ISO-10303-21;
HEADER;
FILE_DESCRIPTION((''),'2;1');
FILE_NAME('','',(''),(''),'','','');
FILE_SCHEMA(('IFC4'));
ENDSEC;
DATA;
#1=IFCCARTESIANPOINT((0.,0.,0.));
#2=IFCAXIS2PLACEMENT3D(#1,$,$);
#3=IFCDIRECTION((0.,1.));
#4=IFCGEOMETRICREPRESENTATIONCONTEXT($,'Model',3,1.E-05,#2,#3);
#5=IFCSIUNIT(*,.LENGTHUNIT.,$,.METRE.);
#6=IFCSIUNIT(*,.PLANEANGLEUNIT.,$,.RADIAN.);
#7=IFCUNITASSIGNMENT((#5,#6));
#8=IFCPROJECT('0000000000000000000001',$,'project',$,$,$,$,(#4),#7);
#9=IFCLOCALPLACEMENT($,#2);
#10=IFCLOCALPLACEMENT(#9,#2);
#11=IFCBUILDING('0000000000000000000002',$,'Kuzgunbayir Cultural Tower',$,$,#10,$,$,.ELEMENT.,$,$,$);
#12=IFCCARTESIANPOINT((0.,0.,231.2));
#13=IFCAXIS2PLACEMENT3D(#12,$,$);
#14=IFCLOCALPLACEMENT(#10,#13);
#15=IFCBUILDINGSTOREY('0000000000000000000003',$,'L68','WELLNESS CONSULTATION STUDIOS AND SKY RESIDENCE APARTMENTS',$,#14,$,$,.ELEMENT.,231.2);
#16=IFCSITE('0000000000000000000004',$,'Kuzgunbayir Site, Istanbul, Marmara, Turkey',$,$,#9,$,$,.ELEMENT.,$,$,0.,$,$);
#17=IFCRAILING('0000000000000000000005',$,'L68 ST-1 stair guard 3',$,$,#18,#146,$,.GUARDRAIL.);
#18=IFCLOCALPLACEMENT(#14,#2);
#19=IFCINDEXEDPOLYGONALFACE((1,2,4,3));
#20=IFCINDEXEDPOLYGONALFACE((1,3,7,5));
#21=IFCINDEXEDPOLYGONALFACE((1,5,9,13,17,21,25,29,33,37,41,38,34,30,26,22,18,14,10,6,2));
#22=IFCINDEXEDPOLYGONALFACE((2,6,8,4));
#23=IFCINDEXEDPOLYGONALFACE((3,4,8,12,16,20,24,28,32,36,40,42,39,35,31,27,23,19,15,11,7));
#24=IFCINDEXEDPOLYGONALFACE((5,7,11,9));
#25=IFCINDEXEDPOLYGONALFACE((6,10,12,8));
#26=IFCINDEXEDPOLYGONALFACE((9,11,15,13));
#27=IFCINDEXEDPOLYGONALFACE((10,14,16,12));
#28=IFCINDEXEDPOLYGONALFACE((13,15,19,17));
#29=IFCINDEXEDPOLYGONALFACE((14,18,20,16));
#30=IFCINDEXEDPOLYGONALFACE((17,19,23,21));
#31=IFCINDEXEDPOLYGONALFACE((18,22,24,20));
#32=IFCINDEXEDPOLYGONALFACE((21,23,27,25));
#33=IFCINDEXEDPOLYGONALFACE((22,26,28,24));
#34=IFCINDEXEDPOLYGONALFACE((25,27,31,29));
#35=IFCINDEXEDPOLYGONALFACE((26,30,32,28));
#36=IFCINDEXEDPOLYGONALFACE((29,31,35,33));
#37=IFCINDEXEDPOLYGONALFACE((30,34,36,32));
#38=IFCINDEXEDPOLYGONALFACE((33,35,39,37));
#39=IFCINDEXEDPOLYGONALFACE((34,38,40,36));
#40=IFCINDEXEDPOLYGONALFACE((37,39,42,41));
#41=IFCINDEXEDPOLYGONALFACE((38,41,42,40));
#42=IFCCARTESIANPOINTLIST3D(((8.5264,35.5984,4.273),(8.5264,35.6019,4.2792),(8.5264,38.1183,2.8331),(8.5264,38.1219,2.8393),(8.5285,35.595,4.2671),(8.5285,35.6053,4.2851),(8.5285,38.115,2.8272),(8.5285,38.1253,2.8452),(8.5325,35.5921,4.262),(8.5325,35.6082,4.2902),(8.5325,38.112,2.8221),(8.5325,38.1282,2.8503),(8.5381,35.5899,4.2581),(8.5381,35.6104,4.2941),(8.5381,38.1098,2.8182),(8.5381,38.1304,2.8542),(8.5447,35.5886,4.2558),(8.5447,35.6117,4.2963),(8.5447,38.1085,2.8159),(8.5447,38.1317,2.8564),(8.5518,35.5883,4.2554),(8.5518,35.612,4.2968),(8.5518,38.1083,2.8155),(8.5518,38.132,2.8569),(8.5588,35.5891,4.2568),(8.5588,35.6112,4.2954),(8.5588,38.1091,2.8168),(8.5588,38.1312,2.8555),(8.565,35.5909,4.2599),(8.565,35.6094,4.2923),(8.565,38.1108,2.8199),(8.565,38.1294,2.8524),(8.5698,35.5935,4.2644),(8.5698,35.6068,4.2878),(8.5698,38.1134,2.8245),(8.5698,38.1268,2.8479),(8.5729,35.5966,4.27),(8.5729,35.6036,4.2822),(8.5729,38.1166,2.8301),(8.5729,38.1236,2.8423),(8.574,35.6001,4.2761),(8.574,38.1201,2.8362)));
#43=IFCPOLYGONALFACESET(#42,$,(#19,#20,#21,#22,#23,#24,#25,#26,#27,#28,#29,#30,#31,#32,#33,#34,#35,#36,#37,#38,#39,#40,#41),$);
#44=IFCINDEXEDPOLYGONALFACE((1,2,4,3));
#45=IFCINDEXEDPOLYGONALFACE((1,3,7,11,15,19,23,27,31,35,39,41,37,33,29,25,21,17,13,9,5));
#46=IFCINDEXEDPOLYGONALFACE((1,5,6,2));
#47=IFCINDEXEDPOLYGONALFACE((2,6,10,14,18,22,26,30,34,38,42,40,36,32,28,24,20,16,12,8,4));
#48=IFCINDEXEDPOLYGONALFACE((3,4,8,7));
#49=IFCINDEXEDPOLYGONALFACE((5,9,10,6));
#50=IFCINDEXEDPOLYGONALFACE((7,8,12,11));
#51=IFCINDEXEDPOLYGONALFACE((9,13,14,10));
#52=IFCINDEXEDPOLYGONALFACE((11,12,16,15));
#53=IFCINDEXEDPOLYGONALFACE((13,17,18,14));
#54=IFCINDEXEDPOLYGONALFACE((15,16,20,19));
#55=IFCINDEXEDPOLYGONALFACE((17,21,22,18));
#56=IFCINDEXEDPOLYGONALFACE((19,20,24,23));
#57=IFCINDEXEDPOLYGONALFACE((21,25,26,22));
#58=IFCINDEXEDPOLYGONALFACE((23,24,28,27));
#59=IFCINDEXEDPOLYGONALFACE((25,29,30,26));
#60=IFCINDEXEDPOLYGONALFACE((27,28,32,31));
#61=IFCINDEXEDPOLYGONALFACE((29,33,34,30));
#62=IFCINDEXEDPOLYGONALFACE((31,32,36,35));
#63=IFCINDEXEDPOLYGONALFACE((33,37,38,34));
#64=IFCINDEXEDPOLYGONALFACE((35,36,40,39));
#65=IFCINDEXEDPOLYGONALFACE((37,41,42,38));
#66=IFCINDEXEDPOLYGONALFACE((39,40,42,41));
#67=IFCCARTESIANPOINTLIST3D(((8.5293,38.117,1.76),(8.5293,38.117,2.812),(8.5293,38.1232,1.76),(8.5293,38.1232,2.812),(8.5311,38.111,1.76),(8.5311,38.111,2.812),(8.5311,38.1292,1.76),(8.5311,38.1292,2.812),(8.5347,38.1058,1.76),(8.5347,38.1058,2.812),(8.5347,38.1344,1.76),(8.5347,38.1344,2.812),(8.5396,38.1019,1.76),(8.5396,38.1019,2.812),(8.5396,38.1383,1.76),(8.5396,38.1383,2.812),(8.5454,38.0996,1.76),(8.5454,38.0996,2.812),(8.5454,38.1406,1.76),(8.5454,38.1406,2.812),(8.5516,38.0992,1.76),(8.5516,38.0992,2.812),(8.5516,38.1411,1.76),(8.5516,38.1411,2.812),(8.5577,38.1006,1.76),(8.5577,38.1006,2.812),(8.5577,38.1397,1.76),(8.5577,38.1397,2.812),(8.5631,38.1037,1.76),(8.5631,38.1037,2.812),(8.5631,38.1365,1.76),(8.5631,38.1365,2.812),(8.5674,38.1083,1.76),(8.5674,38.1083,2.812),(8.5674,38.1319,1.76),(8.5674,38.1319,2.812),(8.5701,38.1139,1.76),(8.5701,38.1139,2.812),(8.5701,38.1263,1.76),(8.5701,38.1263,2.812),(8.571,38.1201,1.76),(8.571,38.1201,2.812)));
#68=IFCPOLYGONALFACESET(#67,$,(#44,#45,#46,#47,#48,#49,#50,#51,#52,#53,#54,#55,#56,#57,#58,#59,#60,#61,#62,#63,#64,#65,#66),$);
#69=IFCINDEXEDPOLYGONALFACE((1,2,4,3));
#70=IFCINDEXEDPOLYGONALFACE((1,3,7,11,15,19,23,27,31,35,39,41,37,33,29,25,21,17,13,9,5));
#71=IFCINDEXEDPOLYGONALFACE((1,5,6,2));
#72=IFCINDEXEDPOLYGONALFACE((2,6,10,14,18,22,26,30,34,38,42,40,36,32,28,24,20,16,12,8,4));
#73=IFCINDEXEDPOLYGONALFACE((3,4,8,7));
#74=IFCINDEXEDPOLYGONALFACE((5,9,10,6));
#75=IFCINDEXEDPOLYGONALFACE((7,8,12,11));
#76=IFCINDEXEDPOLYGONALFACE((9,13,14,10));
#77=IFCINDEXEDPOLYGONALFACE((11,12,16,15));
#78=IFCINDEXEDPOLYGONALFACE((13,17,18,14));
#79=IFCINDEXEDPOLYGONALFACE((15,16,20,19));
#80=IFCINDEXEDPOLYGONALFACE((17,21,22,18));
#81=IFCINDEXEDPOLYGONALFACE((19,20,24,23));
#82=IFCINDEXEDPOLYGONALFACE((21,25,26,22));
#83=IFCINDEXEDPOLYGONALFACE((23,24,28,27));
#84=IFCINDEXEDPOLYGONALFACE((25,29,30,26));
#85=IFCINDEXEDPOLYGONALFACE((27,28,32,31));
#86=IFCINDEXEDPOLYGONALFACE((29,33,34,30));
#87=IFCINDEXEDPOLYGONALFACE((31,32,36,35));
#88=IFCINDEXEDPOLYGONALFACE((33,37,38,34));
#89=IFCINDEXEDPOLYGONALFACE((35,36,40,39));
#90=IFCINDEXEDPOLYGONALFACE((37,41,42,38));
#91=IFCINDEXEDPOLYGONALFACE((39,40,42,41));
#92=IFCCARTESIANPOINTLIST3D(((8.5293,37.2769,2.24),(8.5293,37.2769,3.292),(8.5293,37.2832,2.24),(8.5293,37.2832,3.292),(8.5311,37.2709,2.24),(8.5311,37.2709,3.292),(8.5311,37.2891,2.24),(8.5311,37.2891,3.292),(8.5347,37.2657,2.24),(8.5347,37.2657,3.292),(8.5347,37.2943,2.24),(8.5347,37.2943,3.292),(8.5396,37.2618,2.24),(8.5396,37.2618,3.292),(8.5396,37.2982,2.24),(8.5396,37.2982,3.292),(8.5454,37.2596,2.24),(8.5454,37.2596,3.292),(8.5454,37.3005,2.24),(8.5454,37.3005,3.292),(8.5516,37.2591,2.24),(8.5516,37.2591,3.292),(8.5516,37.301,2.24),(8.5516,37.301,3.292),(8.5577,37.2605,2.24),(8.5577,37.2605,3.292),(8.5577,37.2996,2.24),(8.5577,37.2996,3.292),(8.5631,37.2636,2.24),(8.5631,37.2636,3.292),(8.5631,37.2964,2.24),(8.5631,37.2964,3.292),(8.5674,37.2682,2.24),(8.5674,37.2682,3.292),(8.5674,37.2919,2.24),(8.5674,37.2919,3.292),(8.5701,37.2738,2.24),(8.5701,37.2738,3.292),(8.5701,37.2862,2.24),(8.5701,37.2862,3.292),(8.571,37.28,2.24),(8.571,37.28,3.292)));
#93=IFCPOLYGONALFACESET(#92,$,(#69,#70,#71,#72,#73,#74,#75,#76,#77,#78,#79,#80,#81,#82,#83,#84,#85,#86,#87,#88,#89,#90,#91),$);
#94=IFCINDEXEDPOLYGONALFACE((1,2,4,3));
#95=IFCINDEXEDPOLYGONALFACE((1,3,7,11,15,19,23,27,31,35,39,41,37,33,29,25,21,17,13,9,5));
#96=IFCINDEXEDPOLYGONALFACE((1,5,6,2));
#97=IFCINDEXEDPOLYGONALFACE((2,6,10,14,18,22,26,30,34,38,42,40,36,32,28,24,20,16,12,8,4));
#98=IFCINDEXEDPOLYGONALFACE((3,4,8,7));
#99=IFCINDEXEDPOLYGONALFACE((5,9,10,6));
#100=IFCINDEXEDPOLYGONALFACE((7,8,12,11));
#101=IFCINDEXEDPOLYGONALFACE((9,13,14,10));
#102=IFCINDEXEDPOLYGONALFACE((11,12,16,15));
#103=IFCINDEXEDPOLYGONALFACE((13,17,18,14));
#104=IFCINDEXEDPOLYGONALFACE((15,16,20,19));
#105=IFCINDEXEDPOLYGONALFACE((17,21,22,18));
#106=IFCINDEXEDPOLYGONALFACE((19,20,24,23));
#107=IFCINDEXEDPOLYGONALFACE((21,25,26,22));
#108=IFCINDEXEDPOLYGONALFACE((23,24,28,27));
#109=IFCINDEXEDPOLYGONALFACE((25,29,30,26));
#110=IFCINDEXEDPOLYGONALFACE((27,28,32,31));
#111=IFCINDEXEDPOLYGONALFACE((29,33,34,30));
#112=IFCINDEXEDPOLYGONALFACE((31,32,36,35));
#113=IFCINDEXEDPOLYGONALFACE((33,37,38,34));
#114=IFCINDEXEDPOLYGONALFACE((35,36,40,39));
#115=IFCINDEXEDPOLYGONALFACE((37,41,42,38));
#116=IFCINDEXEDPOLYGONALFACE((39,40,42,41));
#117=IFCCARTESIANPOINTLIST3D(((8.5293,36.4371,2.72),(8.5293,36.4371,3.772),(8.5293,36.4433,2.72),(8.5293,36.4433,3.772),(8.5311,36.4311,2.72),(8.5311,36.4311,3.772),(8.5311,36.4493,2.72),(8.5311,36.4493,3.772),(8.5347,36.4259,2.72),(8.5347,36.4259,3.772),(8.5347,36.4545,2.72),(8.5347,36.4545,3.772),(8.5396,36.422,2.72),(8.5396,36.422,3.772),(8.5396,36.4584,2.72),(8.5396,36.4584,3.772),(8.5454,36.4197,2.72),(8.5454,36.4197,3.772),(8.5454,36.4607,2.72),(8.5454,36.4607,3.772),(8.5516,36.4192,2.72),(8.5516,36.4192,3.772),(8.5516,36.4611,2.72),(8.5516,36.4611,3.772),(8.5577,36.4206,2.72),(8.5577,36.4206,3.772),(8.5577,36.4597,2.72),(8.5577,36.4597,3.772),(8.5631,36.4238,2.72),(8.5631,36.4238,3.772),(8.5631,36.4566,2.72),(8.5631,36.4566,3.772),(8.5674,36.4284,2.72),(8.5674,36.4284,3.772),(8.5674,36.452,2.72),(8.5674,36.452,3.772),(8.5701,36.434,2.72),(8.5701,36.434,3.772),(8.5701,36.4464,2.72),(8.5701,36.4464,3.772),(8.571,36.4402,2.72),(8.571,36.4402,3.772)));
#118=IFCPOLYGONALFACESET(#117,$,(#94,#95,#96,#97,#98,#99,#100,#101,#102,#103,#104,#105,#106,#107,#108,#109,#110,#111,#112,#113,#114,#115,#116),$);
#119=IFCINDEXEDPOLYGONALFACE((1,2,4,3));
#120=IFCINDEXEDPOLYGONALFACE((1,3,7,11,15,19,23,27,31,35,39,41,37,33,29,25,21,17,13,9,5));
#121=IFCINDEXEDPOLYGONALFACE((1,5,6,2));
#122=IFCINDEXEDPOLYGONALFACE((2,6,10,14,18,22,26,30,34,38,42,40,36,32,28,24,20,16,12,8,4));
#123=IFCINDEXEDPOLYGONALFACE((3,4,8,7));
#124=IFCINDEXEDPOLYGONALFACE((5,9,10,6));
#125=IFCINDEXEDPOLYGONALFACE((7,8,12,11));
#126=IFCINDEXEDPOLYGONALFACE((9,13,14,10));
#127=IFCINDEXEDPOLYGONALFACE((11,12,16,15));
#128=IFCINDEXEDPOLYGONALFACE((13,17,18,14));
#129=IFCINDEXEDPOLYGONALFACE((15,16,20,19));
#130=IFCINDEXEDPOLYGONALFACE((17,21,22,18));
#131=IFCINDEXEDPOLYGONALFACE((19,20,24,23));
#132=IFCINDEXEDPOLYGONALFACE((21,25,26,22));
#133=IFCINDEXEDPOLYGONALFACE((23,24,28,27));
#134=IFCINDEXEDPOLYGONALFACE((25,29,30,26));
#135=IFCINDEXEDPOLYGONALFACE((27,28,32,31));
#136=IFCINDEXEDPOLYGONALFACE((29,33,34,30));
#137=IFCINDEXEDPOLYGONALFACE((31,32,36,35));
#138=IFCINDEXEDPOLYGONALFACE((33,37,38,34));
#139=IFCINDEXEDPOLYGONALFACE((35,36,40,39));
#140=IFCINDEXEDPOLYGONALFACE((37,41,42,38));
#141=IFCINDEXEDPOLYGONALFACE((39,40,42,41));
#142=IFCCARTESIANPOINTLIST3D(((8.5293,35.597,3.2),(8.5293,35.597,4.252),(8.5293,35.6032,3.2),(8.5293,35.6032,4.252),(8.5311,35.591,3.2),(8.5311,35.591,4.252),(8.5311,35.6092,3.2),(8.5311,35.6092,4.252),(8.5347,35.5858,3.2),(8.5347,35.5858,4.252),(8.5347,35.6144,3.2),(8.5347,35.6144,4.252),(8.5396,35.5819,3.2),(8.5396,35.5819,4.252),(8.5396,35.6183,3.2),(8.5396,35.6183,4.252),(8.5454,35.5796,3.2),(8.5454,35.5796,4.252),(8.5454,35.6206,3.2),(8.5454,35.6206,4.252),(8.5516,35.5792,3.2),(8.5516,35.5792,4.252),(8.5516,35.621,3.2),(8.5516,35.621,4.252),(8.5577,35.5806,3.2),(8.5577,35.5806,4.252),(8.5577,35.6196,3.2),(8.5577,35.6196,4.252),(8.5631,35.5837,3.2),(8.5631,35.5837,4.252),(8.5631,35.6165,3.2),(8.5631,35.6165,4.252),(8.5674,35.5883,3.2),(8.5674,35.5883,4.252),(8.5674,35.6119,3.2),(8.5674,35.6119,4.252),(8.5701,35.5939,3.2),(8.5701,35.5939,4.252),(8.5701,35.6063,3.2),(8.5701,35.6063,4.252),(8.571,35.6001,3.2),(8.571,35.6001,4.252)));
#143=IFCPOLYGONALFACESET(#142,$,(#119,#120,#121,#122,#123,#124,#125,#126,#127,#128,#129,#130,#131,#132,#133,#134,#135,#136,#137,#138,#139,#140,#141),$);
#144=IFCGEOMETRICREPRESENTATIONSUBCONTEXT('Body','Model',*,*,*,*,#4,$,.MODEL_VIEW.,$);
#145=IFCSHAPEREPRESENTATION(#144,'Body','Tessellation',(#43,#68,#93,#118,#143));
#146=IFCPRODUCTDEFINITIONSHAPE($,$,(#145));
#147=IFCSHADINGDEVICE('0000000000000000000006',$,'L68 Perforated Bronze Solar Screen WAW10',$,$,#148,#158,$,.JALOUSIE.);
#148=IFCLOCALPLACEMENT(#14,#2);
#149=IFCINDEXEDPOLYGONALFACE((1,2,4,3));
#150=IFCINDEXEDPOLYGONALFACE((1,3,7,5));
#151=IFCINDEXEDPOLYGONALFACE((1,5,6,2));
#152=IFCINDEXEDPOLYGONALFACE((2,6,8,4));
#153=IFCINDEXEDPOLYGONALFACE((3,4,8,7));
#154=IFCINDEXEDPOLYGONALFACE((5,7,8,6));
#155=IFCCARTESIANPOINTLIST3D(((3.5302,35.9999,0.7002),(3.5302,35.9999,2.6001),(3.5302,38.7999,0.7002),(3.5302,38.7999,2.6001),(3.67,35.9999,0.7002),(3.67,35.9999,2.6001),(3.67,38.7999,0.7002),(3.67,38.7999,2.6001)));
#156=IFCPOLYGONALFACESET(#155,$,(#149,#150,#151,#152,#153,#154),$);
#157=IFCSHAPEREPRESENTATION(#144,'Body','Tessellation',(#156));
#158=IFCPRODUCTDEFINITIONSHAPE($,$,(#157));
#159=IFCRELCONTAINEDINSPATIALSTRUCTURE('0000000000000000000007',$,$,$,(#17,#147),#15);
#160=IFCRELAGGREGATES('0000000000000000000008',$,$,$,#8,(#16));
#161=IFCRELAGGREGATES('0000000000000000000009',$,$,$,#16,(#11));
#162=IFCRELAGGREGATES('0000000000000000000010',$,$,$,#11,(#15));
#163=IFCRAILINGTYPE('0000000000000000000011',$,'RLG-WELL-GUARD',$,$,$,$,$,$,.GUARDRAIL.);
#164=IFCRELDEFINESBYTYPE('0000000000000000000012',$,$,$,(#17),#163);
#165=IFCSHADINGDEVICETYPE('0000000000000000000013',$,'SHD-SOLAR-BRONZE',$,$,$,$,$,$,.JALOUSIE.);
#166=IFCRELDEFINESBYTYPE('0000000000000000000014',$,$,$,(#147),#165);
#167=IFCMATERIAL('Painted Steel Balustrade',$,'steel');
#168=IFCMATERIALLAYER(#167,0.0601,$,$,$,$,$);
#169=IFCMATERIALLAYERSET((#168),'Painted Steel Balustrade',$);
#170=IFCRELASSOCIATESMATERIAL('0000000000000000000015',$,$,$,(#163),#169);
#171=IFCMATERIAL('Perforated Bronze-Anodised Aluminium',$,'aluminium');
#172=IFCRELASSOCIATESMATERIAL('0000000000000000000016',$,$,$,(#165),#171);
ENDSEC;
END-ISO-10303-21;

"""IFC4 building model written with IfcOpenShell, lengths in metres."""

from ifc_helpers import new_model, si_unit, direction, frame, origin, origin_2d, place, context, subcontext, project, spatial, rectangle, circle, extrude, material, layer, layer_set, type_object, element, save


model = new_model("IFC4")

# Units and contexts
model_context = context("Model", 3, precision=1e-05, world=origin(), true_north=direction((0.0, 1.0)))
body_context = subcontext(model_context, "Body", "Model", "MODEL_VIEW")
ifc_project = project(units=[si_unit("LENGTHUNIT", "METRE"), si_unit("PLANEANGLEUNIT", "RADIAN")], contexts=[model_context])

# Site, building, storey
site_placement = place(None, origin())
site = spatial("IfcSite", under=ifc_project, at=site_placement, Name="Kuzgunbayir Site, Istanbul, Marmara, Turkey", CompositionType="ELEMENT", RefElevation=0.0)
building_placement = place(site_placement, origin())
building = spatial("IfcBuilding", under=site, at=building_placement, Name="Kuzgunbayir Cultural Tower", CompositionType="ELEMENT")
storey_placement = place(building_placement, frame((0.0, 0.0, 231.2)))
storey = spatial("IfcBuildingStorey", under=building, at=storey_placement, Name="L68", Description="WELLNESS CONSULTATION STUDIOS AND SKY RESIDENCE APARTMENTS", CompositionType="ELEMENT", Elevation=231.2)

# Railing
ifc_material_1 = material(Name="Painted Steel Balustrade", Category="steel")
ifc_layer_1 = layer(ifc_material_1, 0.0601)
ifc_layer_set_1 = layer_set([ifc_layer_1], Name="Painted Steel Balustrade")
railing_type_1 = type_object("IfcRailingType", Name="RLG-WELL-GUARD", PredefinedType="GUARDRAIL", material=ifc_layer_set_1)
railing_1_placement = place(storey_placement, frame((8.55, 38.1201, 1.76)))
element("IfcRailing", 1, at=railing_1_placement, inside=storey, type_object=railing_type_1, Name="L68 ST-1 stair guard 3", PredefinedType="GUARDRAIL", context=body_context, shape_type="SweptSolid", body=[
    extrude(circle(Radius=0.0239, at=origin_2d()), frame((0.0, 0.0, 1.0762), z_axis=(0.0, -0.868253, 0.496121), x_axis=(1.0, 0.0, 0.0)), (0.0, 0.0, 1.0), 2.9023),
    extrude(circle(Radius=0.021, at=origin_2d()), origin(), (0.0, 0.0, 1.0), 1.052),
    extrude(circle(Radius=0.021, at=origin_2d()), frame((0.0, -0.8401, 0.48)), (0.0, 0.0, 1.0), 1.052),
    extrude(circle(Radius=0.021, at=origin_2d()), frame((0.0, -1.6799, 0.96)), (0.0, 0.0, 1.0), 1.052),
    extrude(circle(Radius=0.021, at=origin_2d()), frame((0.0, -2.52, 1.4399)), (0.0, 0.0, 1.0), 1.052),
])

# Shading device
ifc_material_2 = material(Name="Perforated Bronze-Anodised Aluminium", Category="aluminium")
shading_device_type = type_object("IfcShadingDeviceType", Name="SHD-SOLAR-BRONZE", PredefinedType="JALOUSIE", material=ifc_material_2)
shading_device_placement = place(storey_placement, frame((3.6001, 37.3999, 0.7002), z_axis=(0.0, 0.0, 1.0), x_axis=(1.0, 0.0, 0.0)))
element("IfcShadingDevice", 2, at=shading_device_placement, inside=storey, type_object=shading_device_type, Name="L68 Perforated Bronze Solar Screen WAW10", PredefinedType="JALOUSIE", context=body_context, shape_type="SweptSolid", body=[
    extrude(rectangle(XDim=0.1399, YDim=2.8, at=origin_2d()), origin(), (0.0, 0.0, 1.0), 1.8999),
])

save(model, "model.ifc")
